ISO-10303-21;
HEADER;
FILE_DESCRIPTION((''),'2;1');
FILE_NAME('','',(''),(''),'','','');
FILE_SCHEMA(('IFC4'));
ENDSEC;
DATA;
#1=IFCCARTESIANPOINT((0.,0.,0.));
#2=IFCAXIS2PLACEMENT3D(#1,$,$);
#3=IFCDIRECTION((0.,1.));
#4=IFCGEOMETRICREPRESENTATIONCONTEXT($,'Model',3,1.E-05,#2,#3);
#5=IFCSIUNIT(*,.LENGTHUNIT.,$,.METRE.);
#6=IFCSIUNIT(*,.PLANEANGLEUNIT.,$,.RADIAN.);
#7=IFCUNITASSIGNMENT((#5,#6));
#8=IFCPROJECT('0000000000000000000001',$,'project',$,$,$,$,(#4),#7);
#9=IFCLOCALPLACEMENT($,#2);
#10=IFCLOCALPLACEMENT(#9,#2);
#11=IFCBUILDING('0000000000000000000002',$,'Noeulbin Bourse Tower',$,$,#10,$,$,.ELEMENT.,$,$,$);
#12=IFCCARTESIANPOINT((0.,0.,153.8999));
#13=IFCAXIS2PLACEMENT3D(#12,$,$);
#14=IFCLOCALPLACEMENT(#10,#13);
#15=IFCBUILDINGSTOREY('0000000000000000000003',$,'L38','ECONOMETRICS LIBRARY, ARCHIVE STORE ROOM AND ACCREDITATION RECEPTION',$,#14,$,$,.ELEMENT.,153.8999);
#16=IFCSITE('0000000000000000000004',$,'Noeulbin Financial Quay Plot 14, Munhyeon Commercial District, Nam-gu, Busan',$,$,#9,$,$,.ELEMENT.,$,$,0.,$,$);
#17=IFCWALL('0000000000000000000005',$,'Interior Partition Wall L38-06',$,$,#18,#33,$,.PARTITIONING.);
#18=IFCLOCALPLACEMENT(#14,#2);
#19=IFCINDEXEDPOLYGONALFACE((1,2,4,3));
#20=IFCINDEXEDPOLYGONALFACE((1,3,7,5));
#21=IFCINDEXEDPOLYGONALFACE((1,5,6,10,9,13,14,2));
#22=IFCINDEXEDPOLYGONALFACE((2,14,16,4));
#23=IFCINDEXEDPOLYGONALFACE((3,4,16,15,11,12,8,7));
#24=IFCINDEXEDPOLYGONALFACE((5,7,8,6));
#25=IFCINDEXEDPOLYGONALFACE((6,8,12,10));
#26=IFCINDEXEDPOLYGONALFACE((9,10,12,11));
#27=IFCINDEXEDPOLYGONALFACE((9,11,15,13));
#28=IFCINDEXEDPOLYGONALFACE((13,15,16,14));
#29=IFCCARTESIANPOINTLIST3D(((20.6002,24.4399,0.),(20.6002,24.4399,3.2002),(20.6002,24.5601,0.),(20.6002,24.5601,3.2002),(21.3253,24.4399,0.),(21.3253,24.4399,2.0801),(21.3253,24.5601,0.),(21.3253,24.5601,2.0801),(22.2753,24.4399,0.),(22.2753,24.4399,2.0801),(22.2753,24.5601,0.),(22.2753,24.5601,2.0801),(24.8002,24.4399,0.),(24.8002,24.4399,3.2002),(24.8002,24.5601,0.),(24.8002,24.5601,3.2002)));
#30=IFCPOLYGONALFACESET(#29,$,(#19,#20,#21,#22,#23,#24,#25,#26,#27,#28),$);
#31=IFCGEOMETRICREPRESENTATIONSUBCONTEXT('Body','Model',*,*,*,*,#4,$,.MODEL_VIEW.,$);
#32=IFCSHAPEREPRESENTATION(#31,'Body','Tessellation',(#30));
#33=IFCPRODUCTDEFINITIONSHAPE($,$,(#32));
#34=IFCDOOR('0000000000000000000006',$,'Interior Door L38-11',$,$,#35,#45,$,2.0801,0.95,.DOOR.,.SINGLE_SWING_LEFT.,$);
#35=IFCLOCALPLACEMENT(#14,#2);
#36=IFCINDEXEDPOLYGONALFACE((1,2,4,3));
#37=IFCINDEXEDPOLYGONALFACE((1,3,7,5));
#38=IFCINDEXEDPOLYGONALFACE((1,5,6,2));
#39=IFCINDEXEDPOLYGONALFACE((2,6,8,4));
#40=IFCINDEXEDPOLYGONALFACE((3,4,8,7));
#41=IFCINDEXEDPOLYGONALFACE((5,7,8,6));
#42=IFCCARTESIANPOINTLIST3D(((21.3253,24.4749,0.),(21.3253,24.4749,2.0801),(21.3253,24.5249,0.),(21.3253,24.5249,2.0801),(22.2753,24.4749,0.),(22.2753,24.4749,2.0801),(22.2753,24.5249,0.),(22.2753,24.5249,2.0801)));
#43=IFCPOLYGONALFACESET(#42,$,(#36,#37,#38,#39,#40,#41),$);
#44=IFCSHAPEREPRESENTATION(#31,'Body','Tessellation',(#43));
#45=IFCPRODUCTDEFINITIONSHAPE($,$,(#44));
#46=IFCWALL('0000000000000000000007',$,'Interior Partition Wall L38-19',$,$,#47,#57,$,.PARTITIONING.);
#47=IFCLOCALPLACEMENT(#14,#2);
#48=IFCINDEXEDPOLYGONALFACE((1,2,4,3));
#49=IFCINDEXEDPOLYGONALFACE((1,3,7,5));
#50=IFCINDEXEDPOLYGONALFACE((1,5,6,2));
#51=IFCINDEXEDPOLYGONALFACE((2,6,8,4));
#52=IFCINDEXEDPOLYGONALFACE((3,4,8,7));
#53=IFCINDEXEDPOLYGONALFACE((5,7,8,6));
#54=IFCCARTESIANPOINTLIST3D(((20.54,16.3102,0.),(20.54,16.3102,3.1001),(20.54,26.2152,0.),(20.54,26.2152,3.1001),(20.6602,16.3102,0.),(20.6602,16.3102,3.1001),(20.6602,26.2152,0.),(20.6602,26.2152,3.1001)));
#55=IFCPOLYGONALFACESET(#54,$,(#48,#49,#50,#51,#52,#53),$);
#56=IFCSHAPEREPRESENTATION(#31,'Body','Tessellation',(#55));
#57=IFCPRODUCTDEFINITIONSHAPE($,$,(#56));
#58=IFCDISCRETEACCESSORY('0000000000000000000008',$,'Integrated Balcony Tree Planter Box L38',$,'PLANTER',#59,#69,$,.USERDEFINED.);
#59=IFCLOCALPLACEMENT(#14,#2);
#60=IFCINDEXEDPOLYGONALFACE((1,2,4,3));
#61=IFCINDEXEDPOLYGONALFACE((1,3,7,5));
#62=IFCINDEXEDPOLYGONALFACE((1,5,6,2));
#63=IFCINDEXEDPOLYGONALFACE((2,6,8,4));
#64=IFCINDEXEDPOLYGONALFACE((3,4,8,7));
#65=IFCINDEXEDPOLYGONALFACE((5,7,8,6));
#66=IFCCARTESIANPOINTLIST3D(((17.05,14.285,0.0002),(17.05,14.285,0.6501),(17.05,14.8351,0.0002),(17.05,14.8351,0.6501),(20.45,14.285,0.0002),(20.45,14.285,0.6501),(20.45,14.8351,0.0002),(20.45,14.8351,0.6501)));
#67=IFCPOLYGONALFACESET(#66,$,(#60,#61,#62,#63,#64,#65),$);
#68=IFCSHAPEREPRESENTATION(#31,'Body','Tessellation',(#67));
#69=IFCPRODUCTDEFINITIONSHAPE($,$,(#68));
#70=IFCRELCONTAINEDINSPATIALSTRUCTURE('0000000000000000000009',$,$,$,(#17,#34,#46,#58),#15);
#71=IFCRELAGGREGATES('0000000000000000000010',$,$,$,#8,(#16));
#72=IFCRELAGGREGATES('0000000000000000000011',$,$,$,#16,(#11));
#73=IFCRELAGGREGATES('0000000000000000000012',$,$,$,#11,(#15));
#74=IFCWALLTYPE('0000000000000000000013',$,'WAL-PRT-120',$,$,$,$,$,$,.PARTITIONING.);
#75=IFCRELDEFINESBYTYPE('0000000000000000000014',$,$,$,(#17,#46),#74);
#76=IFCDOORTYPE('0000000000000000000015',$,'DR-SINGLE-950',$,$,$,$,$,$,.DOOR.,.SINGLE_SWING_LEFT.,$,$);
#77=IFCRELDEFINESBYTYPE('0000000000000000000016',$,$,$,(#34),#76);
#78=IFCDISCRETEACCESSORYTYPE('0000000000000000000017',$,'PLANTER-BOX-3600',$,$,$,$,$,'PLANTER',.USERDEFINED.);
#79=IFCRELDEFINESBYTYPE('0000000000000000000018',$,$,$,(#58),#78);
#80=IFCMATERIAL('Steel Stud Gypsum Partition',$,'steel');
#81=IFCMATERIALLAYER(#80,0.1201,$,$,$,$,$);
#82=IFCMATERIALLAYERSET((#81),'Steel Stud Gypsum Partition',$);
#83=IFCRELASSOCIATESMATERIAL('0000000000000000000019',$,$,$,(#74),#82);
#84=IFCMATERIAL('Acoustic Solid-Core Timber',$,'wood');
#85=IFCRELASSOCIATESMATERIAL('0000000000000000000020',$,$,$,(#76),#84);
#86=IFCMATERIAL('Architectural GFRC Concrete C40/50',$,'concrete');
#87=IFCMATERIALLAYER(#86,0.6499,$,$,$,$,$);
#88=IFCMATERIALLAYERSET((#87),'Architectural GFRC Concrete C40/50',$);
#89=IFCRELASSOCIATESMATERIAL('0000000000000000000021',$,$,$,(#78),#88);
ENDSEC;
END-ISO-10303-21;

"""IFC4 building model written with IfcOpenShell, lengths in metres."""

from ifc_helpers import new_model, si_unit, direction, frame, frame_2d, origin, origin_2d, place, context, subcontext, project, spatial, rectangle, extrude, material, layer, layer_set, type_object, element, fill, save


model = new_model("IFC4")

# Units and contexts
model_context = context("Model", 3, precision=1e-05, world=origin(), true_north=direction((0.0, 1.0)))
body_context = subcontext(model_context, "Body", "Model", "MODEL_VIEW")
ifc_project = project(units=[si_unit("LENGTHUNIT", "METRE"), si_unit("PLANEANGLEUNIT", "RADIAN")], contexts=[model_context])

# Site, building, storey
site_placement = place(None, origin())
site = spatial("IfcSite", under=ifc_project, at=site_placement, Name="Noeulbin Financial Quay Plot 14, Munhyeon Commercial District, Nam-gu, Busan", CompositionType="ELEMENT", RefElevation=0.0)
building_placement = place(site_placement, origin())
building = spatial("IfcBuilding", under=site, at=building_placement, Name="Noeulbin Bourse Tower", CompositionType="ELEMENT")
storey_placement = place(building_placement, frame((0.0, 0.0, 153.8999)))
storey = spatial("IfcBuildingStorey", under=building, at=storey_placement, Name="L38", Description="ECONOMETRICS LIBRARY, ARCHIVE STORE ROOM AND ACCREDITATION RECEPTION", CompositionType="ELEMENT", Elevation=153.8999)

# Wall, opening, door
ifc_material_1 = material(Name="Steel Stud Gypsum Partition", Category="steel")
ifc_layer_1 = layer(ifc_material_1, 0.1201)
ifc_layer_set_1 = layer_set([ifc_layer_1], Name="Steel Stud Gypsum Partition")
wall_type = type_object("IfcWallType", Name="WAL-PRT-120", PredefinedType="PARTITIONING", material=ifc_layer_set_1)
wall_1_placement = place(storey_placement, frame((20.6001, 24.5, 0.0), z_axis=(0.0, 0.0, 1.0), x_axis=(1.0, 0.0, 0.0)))
wall_1 = element("IfcWall", 1, at=wall_1_placement, inside=storey, type_object=wall_type, Name="Interior Partition Wall L38-06", PredefinedType="PARTITIONING", context=body_context, shape_type="SweptSolid", body=[
    extrude(rectangle(XDim=4.2, YDim=0.1201, at=frame_2d((2.1001, 0.0))), origin(), (0.0, 0.0, 1.0), 3.2002),
])
opening_placement = place(wall_1_placement, frame((0.7251, 0.0, 0.0)))
opening = element("IfcOpeningElement", 2, at=opening_placement, cuts=wall_1, PredefinedType="OPENING", context=body_context, shape_type="SweptSolid", body=[
    extrude(rectangle(XDim=0.95, YDim=2.0801, at=frame_2d((0.4751, 1.04))), frame((0.0, 0.0701, 0.0), z_axis=(0.0, -1.0, 0.0), x_axis=(1.0, 0.0, 0.0)), (0.0, 0.0, 1.0), 0.1401),
])
ifc_material_2 = material(Name="Acoustic Solid-Core Timber", Category="wood")
door_type = type_object("IfcDoorType", Name="DR-SINGLE-950", OperationType="SINGLE_SWING_LEFT", PredefinedType="DOOR", material=ifc_material_2)
door_placement = place(opening_placement, origin())
door = element("IfcDoor", 3, at=door_placement, inside=storey, type_object=door_type, Name="Interior Door L38-11", OperationType="SINGLE_SWING_LEFT", OverallHeight=2.0801, OverallWidth=0.95, PredefinedType="DOOR", context=body_context, shape_type="SweptSolid", body=[
    extrude(rectangle(XDim=0.95, YDim=2.0801, at=frame_2d((0.4751, 1.04))), frame((0.0, 0.0249, 0.0), z_axis=(0.0, -1.0, 0.0), x_axis=(1.0, 0.0, 0.0)), (0.0, 0.0, 1.0), 0.05),
])
fill(opening, door)

# Wall
wall_2_placement = place(storey_placement, frame((20.6001, 16.3101, 0.0), z_axis=(0.0, 0.0, 1.0), x_axis=(0.0, 1.0, 0.0)))
element("IfcWall", 4, at=wall_2_placement, inside=storey, type_object=wall_type, Name="Interior Partition Wall L38-19", PredefinedType="PARTITIONING", context=body_context, shape_type="SweptSolid", body=[
    extrude(rectangle(XDim=9.905, YDim=0.1201, at=frame_2d((4.9526, 0.0))), origin(), (0.0, 0.0, 1.0), 3.1001),
])

# Discrete accessory
ifc_material_3 = material(Name="Architectural GFRC Concrete C40/50", Category="concrete")
ifc_layer_2 = layer(ifc_material_3, 0.6499)
ifc_layer_set_2 = layer_set([ifc_layer_2], Name="Architectural GFRC Concrete C40/50")
discrete_accessory_type = type_object("IfcDiscreteAccessoryType", Name="PLANTER-BOX-3600", ElementType="PLANTER", PredefinedType="USERDEFINED", material=ifc_layer_set_2)
discrete_accessory_placement = place(storey_placement, frame((18.75, 14.5601, 0.0002), z_axis=(0.0, 0.0, 1.0), x_axis=(1.0, 0.0, 0.0)))
element("IfcDiscreteAccessory", 5, at=discrete_accessory_placement, inside=storey, type_object=discrete_accessory_type, Name="Integrated Balcony Tree Planter Box L38", ObjectType="PLANTER", PredefinedType="USERDEFINED", context=body_context, shape_type="SweptSolid", body=[
    extrude(rectangle(XDim=3.3999, YDim=0.55, at=origin_2d()), origin(), (0.0, 0.0, 1.0), 0.6499),
])

save(model, "model.ifc")
